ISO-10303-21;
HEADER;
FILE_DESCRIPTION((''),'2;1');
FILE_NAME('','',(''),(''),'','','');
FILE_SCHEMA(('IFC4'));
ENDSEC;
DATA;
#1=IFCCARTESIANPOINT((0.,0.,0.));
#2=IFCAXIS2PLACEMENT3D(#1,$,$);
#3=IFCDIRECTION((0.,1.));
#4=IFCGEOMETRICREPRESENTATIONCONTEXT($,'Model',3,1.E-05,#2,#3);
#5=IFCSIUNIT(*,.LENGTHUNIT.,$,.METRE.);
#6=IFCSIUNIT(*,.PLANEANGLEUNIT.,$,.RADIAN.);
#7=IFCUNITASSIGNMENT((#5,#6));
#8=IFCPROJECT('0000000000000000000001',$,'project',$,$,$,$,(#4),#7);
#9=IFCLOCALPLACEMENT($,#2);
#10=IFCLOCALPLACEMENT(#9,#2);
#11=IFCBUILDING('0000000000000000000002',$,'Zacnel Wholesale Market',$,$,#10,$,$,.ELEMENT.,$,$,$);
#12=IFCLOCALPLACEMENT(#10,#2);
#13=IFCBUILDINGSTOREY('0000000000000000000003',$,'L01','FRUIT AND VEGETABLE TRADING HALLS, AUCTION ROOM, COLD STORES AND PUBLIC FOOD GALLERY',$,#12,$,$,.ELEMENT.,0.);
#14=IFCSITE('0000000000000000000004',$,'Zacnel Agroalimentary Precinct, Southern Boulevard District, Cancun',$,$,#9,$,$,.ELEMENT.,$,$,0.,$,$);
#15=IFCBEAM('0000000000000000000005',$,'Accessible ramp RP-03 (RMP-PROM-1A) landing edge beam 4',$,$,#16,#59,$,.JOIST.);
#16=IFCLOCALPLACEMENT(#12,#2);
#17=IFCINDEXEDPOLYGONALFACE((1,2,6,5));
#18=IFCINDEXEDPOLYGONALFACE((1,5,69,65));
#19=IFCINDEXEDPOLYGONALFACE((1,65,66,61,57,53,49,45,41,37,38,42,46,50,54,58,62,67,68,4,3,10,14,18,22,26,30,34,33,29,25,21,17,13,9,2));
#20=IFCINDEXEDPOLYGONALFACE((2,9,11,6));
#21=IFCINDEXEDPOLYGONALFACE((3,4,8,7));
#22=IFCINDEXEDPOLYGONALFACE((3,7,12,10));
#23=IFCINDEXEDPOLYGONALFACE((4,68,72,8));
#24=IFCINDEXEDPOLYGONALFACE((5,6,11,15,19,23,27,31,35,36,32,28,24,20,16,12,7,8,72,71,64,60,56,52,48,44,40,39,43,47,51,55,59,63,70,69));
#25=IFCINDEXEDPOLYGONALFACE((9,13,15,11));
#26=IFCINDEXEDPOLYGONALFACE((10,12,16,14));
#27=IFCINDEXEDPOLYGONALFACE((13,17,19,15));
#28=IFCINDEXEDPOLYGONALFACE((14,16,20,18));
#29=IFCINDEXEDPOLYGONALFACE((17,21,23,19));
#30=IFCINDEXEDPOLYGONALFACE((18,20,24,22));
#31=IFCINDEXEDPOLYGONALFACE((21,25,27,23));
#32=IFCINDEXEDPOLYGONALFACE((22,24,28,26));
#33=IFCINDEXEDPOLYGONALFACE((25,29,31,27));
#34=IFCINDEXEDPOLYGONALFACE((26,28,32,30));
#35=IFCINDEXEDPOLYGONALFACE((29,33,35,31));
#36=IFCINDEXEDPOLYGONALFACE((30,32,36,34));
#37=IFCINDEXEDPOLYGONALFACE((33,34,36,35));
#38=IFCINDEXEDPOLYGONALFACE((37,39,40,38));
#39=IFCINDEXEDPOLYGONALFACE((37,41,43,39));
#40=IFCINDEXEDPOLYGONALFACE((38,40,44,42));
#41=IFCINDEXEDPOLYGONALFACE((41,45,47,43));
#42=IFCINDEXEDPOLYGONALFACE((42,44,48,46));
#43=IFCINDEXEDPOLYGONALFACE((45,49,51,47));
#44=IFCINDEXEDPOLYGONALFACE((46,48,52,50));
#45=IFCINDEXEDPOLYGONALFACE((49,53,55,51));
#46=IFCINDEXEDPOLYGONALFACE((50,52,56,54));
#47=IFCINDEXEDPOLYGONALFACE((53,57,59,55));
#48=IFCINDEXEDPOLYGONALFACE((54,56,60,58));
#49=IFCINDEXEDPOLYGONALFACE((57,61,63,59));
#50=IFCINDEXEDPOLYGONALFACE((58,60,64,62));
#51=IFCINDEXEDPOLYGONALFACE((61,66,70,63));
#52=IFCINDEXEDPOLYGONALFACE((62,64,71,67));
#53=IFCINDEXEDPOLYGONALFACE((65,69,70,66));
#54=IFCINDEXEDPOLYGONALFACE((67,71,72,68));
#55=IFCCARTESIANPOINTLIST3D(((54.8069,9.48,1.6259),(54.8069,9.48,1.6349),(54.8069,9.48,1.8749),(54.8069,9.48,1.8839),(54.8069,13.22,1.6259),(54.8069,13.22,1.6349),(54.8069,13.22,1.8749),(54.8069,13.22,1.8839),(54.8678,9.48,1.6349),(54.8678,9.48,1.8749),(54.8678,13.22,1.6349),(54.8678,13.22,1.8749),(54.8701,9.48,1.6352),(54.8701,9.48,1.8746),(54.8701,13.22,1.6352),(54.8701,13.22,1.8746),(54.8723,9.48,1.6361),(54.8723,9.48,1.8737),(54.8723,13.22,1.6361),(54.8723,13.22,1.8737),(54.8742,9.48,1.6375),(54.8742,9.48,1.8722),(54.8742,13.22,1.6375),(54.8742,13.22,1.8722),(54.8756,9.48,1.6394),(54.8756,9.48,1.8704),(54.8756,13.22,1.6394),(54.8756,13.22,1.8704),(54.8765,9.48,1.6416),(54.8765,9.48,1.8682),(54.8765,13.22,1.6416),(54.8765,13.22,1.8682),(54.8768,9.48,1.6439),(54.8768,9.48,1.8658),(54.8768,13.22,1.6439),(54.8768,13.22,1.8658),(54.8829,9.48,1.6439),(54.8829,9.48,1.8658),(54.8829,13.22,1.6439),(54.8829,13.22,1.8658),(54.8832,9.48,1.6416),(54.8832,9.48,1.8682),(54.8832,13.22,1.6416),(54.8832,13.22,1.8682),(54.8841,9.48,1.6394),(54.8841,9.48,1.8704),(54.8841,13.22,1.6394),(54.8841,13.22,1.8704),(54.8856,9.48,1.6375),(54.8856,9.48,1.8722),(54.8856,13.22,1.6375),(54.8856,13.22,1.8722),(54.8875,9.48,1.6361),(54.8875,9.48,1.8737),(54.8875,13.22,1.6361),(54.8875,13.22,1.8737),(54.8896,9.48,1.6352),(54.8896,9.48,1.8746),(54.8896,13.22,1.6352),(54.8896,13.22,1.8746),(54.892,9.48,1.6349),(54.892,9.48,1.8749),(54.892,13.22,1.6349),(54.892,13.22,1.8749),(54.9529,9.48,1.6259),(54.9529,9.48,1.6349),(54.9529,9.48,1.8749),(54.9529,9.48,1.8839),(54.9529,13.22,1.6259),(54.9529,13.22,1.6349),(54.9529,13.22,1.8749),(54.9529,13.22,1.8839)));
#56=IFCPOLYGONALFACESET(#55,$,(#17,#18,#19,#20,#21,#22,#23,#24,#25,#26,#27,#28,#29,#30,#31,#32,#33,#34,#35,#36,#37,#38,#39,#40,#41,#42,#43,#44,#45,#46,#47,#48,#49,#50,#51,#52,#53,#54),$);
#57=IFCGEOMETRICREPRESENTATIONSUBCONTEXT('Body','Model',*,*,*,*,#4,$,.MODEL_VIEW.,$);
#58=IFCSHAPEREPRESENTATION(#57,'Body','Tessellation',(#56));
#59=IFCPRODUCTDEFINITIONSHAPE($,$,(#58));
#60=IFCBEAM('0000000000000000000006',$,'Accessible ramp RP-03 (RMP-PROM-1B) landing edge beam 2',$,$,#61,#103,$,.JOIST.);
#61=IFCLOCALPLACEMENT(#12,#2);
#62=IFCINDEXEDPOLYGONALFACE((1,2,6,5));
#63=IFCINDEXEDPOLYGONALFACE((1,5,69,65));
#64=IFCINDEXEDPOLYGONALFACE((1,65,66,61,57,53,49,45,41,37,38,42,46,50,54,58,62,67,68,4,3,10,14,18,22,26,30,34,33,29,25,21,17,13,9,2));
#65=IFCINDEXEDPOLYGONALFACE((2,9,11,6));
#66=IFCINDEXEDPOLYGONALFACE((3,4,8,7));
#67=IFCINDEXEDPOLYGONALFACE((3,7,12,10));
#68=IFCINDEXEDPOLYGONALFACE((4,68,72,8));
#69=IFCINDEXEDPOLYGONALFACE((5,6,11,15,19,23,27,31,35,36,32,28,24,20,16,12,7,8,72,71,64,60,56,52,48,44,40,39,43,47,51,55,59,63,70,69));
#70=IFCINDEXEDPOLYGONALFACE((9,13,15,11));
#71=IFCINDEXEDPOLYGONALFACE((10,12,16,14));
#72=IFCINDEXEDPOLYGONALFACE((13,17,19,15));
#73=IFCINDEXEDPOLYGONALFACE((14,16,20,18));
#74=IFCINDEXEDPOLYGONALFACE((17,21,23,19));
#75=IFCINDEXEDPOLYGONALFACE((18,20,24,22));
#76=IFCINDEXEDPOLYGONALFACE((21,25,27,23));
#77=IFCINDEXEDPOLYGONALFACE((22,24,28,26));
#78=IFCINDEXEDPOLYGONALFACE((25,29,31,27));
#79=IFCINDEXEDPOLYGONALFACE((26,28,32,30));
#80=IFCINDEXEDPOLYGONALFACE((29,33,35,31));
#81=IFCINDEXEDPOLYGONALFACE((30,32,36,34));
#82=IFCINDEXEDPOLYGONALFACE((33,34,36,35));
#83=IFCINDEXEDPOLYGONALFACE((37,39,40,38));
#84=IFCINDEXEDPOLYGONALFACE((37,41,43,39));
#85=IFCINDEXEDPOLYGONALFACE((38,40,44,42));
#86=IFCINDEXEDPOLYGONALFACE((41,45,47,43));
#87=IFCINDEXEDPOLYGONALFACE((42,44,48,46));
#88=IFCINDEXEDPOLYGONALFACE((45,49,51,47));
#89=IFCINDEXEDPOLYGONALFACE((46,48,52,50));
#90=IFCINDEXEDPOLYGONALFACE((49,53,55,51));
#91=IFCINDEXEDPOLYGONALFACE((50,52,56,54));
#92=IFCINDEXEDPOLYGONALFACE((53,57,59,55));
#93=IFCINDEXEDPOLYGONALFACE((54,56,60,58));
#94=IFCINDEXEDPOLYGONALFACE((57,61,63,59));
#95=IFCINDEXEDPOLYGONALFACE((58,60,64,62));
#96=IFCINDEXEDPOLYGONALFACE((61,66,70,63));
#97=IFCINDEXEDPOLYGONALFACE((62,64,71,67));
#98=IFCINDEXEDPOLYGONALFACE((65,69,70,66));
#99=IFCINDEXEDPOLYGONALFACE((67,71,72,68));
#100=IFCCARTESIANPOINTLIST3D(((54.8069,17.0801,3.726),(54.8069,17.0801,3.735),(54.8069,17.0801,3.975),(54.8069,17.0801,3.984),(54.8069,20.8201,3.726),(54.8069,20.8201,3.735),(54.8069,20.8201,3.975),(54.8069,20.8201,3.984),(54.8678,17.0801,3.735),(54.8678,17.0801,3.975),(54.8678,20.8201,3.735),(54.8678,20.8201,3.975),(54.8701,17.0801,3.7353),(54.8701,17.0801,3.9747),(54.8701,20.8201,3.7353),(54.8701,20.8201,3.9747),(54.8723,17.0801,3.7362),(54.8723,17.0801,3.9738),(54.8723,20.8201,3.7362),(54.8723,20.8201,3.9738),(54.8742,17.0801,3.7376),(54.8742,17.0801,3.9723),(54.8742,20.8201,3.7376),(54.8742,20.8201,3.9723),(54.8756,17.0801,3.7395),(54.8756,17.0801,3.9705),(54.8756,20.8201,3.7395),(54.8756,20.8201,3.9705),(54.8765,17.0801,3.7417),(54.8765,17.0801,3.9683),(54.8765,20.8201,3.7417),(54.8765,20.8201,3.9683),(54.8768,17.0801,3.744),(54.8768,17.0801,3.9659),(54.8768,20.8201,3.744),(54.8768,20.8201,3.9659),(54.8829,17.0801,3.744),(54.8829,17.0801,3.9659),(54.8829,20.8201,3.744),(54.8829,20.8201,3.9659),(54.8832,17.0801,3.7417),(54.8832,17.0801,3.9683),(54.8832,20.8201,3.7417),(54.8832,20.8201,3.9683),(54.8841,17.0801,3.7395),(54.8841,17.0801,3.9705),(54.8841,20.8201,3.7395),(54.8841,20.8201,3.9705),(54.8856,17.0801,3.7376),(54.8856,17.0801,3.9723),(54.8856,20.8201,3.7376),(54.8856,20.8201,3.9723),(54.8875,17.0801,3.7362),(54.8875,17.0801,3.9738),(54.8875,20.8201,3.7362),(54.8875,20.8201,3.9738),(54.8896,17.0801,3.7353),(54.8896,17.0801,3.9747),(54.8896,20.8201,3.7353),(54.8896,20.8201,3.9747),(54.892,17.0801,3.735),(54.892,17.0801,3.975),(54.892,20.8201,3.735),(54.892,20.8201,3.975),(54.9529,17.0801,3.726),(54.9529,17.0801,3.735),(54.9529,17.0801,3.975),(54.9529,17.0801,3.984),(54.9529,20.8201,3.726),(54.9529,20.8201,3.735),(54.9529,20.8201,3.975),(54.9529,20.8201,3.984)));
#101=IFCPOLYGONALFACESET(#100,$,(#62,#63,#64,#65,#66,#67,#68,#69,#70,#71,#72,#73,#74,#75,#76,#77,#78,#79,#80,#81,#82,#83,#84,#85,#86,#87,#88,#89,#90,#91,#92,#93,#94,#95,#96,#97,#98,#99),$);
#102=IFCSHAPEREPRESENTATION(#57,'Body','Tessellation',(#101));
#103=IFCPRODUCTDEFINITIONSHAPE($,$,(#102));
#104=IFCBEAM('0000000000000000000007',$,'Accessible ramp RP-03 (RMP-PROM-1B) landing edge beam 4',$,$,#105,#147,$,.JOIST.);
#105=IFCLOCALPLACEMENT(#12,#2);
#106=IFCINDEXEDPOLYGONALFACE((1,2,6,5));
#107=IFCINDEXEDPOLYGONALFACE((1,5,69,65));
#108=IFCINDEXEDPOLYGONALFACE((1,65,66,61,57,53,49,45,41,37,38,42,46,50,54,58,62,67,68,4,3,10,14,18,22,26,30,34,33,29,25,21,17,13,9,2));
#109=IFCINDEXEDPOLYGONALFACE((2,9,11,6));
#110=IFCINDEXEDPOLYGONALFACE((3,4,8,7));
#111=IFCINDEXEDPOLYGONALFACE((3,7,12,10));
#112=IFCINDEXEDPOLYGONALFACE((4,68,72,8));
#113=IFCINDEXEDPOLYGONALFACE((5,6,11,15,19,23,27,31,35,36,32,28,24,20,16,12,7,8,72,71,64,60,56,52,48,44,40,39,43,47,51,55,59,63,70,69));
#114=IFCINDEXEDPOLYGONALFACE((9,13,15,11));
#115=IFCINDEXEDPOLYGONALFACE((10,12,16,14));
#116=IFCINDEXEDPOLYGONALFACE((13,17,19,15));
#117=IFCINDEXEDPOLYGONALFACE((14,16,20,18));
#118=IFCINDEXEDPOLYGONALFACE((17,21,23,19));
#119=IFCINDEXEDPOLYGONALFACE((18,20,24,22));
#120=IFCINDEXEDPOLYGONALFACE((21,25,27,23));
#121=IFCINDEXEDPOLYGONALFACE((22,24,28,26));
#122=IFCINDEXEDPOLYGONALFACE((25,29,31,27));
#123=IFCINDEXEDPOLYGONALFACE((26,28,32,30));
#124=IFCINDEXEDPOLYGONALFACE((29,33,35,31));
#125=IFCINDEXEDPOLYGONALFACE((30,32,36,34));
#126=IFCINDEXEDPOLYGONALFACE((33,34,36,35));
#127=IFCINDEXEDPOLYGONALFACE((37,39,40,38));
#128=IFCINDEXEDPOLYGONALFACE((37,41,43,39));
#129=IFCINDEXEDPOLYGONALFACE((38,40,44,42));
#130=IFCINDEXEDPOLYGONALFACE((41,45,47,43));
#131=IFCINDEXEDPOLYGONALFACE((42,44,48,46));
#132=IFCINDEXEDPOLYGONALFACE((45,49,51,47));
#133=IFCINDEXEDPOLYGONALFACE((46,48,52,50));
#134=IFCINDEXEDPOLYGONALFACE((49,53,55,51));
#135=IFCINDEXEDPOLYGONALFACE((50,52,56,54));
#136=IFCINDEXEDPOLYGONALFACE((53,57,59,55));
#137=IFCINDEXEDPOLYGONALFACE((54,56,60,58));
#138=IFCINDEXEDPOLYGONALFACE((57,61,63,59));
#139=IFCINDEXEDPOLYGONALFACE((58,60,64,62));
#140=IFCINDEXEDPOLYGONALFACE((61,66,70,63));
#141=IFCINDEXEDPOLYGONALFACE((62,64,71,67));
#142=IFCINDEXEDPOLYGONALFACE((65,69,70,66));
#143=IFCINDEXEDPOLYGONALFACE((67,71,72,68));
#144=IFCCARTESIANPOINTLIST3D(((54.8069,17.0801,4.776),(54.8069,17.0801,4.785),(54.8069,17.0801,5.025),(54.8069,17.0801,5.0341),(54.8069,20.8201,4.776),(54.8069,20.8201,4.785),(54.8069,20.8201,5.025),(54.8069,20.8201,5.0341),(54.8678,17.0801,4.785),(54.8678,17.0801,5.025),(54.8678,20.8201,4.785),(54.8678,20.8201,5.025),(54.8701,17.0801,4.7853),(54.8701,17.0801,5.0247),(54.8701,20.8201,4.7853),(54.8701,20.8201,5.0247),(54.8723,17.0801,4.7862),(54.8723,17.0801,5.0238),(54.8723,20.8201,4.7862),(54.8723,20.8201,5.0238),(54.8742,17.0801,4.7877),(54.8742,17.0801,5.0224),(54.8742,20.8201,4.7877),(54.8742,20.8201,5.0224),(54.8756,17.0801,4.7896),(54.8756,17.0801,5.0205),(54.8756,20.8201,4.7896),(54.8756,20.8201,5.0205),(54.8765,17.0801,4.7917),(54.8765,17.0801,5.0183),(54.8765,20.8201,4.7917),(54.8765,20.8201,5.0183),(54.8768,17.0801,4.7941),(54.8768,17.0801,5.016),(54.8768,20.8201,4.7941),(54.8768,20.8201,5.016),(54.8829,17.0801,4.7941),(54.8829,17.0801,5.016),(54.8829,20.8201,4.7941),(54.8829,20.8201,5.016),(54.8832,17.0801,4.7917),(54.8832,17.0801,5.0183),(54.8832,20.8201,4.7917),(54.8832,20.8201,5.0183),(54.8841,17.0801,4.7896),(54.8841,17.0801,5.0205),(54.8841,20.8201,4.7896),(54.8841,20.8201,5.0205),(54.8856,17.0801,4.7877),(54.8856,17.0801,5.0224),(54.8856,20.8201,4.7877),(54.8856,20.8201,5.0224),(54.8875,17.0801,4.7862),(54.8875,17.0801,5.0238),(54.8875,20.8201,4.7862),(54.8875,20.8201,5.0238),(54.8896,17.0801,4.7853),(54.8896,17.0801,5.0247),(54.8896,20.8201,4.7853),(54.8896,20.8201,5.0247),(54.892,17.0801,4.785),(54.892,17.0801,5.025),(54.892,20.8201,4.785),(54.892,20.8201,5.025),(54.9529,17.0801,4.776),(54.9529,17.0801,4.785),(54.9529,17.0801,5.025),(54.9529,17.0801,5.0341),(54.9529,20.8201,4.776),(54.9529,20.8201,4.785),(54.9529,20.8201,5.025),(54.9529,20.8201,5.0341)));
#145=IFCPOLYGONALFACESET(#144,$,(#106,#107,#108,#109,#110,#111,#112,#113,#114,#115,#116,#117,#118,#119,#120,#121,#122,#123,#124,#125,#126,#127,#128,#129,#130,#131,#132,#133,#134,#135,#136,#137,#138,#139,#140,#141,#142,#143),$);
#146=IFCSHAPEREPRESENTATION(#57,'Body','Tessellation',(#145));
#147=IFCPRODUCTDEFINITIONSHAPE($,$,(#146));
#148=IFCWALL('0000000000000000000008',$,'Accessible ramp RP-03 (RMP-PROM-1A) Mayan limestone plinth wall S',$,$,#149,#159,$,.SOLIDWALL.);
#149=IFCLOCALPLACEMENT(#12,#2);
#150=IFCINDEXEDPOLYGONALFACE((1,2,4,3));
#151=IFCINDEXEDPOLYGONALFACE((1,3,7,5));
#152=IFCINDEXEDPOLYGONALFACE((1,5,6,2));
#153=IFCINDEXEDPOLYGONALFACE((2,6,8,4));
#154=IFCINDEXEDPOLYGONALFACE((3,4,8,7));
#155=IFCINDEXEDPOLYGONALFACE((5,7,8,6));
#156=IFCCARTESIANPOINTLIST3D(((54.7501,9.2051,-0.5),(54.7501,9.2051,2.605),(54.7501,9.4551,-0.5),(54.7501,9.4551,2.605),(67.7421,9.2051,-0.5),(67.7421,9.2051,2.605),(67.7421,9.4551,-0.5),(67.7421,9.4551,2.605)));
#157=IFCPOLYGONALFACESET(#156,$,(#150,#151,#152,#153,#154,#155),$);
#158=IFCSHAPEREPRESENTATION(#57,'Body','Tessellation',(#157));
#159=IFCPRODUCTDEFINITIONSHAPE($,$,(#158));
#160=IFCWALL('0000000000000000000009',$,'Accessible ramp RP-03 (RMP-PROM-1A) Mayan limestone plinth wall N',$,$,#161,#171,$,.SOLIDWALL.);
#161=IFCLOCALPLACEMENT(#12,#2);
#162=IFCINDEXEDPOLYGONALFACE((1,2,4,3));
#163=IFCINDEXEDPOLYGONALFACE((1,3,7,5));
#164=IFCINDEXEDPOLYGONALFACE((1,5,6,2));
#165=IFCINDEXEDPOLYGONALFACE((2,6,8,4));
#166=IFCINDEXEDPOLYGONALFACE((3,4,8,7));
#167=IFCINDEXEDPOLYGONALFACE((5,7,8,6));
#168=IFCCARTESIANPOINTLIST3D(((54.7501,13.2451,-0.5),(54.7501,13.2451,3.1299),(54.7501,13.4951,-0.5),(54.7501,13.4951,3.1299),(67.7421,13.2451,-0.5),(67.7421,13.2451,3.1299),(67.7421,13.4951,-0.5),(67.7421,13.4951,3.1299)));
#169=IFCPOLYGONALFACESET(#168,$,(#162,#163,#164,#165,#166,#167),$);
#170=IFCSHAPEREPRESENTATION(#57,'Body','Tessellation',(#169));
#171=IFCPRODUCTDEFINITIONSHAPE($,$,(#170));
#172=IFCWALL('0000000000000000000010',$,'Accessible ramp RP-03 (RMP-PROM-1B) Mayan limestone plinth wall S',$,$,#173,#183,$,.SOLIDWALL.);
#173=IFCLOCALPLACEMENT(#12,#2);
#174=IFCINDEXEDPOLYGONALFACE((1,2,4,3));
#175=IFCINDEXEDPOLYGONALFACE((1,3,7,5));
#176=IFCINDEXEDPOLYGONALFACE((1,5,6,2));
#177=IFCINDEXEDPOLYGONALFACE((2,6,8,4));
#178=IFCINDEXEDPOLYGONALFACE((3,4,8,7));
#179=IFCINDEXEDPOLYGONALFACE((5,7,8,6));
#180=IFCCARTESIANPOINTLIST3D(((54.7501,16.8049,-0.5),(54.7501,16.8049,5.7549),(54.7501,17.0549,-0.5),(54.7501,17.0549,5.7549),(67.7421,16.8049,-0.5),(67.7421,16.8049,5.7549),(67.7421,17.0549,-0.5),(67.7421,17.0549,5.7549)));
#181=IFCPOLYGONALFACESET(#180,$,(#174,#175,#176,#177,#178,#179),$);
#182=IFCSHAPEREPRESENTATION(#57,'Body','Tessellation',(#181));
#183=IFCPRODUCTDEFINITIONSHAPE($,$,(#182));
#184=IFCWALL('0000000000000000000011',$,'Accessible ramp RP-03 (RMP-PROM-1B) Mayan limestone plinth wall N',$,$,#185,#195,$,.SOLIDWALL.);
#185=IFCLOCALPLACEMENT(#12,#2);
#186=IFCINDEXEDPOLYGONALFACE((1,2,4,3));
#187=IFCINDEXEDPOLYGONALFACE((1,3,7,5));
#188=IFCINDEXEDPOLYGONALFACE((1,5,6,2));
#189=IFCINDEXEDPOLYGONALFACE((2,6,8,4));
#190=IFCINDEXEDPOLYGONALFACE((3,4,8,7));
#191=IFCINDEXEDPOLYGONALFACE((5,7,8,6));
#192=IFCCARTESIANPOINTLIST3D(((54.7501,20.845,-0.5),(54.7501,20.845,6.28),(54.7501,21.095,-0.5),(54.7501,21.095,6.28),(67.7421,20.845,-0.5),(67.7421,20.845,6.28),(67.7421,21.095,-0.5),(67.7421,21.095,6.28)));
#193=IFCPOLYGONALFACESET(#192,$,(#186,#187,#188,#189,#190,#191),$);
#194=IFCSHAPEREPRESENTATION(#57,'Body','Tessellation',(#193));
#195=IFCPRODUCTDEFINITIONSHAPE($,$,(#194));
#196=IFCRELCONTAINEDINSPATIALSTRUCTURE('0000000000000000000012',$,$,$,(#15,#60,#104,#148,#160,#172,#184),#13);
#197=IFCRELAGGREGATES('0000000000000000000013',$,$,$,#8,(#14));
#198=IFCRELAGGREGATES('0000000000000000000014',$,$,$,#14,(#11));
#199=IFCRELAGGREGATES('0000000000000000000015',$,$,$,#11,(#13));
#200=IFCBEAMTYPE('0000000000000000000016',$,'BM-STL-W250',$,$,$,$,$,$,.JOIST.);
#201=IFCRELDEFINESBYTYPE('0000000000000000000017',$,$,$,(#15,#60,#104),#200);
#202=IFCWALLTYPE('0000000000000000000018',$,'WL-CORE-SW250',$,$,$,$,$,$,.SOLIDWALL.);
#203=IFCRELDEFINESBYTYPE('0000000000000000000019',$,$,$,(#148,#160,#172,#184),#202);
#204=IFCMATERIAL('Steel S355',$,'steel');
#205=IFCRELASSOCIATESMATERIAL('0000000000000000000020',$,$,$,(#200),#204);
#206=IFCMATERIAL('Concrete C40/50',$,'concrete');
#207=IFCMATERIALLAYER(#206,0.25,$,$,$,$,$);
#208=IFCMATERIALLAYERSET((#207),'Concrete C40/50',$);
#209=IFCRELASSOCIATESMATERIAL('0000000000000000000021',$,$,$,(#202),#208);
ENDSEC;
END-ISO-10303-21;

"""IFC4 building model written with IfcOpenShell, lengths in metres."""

from ifc_helpers import new_model, si_unit, direction, frame, frame_2d, origin, origin_2d, place, context, subcontext, project, spatial, rectangle, i_section, extrude, material, layer, layer_set, material_profile, profile_set, type_object, element, save


model = new_model("IFC4")

# Units and contexts
model_context = context("Model", 3, precision=1e-05, world=origin(), true_north=direction((0.0, 1.0)))
body_context = subcontext(model_context, "Body", "Model", "MODEL_VIEW")
ifc_project = project(units=[si_unit("LENGTHUNIT", "METRE"), si_unit("PLANEANGLEUNIT", "RADIAN")], contexts=[model_context])

# Site, building, storey
site_placement = place(None, origin())
site = spatial("IfcSite", under=ifc_project, at=site_placement, Name="Zacnel Agroalimentary Precinct, Southern Boulevard District, Cancun", CompositionType="ELEMENT", RefElevation=0.0)
building_placement = place(site_placement, origin())
building = spatial("IfcBuilding", under=site, at=building_placement, Name="Zacnel Wholesale Market", CompositionType="ELEMENT")
storey_placement = place(building_placement, origin())
storey = spatial("IfcBuildingStorey", under=building, at=storey_placement, Name="L01", Description="FRUIT AND VEGETABLE TRADING HALLS, AUCTION ROOM, COLD STORES AND PUBLIC FOOD GALLERY", CompositionType="ELEMENT", Elevation=0.0)

# Beams
ifc_material_1 = material(Name="Steel S355", Category="steel")
ifc_material_profile_1 = material_profile(ifc_material_1, i_section(OverallWidth=0.146, OverallDepth=0.2581, WebThickness=0.0061, FlangeThickness=0.009, FilletRadius=0.009, at=origin_2d()), Name="W250X32.7")
ifc_profile_set_1 = profile_set([ifc_material_profile_1], Name="Steel S355")
beam_type = type_object("IfcBeamType", Name="BM-STL-W250", PredefinedType="JOIST", material=ifc_profile_set_1)
for number, where, z_axis, x_axis, name in (
    (1, (54.8799, 9.48, 1.7549), (0.0, 1.0, 0.0), (-1.0, 0.0, 0.0), "Accessible ramp RP-03 (RMP-PROM-1A) landing edge beam 4"),
    (2, (54.8799, 17.0801, 3.855), (0.0, 1.0, 0.0), (-1.0, 0.0, 0.0), "Accessible ramp RP-03 (RMP-PROM-1B) landing edge beam 2"),
    (3, (54.8799, 17.0801, 4.905), (0.0, 1.0, 0.0), (-1.0, 0.0, 0.0), "Accessible ramp RP-03 (RMP-PROM-1B) landing edge beam 4"),
):
    element("IfcBeam", number, at=place(storey_placement, frame(where, z_axis=z_axis, x_axis=x_axis)), inside=storey, type_object=beam_type, Name=name, PredefinedType="JOIST", context=body_context, shape_type="SweptSolid", body=[
        extrude(i_section(OverallWidth=0.146, OverallDepth=0.2581, WebThickness=0.0061, FlangeThickness=0.009, FilletRadius=0.009, at=origin_2d()), origin(), (0.0, 0.0, 1.0), 3.74),
    ])

# Walls
ifc_material_2 = material(Name="Concrete C40/50", Category="concrete")
ifc_layer_1 = layer(ifc_material_2, 0.25)
ifc_layer_set_1 = layer_set([ifc_layer_1], Name="Concrete C40/50")
wall_type_1 = type_object("IfcWallType", Name="WL-CORE-SW250", PredefinedType="SOLIDWALL", material=ifc_layer_set_1)
wall_1_placement = place(storey_placement, frame((54.75, 9.3301, -0.5), z_axis=(0.0, 0.0, 1.0), x_axis=(1.0, 0.0, 0.0)))
element("IfcWall", 4, at=wall_1_placement, inside=storey, type_object=wall_type_1, Name="Accessible ramp RP-03 (RMP-PROM-1A) Mayan limestone plinth wall S", PredefinedType="SOLIDWALL", context=body_context, shape_type="SweptSolid", body=[
    extrude(rectangle(XDim=12.9919, YDim=0.25, at=frame_2d((6.4961, 0.0))), origin(), (0.0, 0.0, 1.0), 3.105),
])
wall_2_placement = place(storey_placement, frame((54.75, 13.3701, -0.5), z_axis=(0.0, 0.0, 1.0), x_axis=(1.0, 0.0, 0.0)))
element("IfcWall", 5, at=wall_2_placement, inside=storey, type_object=wall_type_1, Name="Accessible ramp RP-03 (RMP-PROM-1A) Mayan limestone plinth wall N", PredefinedType="SOLIDWALL", context=body_context, shape_type="SweptSolid", body=[
    extrude(rectangle(XDim=12.9919, YDim=0.25, at=frame_2d((6.4961, 0.0))), origin(), (0.0, 0.0, 1.0), 3.6299),
])
wall_3_placement = place(storey_placement, frame((54.75, 16.9299, -0.5), z_axis=(0.0, 0.0, 1.0), x_axis=(1.0, 0.0, 0.0)))
element("IfcWall", 6, at=wall_3_placement, inside=storey, type_object=wall_type_1, Name="Accessible ramp RP-03 (RMP-PROM-1B) Mayan limestone plinth wall S", PredefinedType="SOLIDWALL", context=body_context, shape_type="SweptSolid", body=[
    extrude(rectangle(XDim=12.9919, YDim=0.25, at=frame_2d((6.4961, 0.0))), origin(), (0.0, 0.0, 1.0), 6.2549),
])
wall_4_placement = place(storey_placement, frame((54.75, 20.97, -0.5), z_axis=(0.0, 0.0, 1.0), x_axis=(1.0, 0.0, 0.0)))
element("IfcWall", 7, at=wall_4_placement, inside=storey, type_object=wall_type_1, Name="Accessible ramp RP-03 (RMP-PROM-1B) Mayan limestone plinth wall N", PredefinedType="SOLIDWALL", context=body_context, shape_type="SweptSolid", body=[
    extrude(rectangle(XDim=12.9919, YDim=0.25, at=frame_2d((6.4961, 0.0))), origin(), (0.0, 0.0, 1.0), 6.78),
])

save(model, "model.ifc")
